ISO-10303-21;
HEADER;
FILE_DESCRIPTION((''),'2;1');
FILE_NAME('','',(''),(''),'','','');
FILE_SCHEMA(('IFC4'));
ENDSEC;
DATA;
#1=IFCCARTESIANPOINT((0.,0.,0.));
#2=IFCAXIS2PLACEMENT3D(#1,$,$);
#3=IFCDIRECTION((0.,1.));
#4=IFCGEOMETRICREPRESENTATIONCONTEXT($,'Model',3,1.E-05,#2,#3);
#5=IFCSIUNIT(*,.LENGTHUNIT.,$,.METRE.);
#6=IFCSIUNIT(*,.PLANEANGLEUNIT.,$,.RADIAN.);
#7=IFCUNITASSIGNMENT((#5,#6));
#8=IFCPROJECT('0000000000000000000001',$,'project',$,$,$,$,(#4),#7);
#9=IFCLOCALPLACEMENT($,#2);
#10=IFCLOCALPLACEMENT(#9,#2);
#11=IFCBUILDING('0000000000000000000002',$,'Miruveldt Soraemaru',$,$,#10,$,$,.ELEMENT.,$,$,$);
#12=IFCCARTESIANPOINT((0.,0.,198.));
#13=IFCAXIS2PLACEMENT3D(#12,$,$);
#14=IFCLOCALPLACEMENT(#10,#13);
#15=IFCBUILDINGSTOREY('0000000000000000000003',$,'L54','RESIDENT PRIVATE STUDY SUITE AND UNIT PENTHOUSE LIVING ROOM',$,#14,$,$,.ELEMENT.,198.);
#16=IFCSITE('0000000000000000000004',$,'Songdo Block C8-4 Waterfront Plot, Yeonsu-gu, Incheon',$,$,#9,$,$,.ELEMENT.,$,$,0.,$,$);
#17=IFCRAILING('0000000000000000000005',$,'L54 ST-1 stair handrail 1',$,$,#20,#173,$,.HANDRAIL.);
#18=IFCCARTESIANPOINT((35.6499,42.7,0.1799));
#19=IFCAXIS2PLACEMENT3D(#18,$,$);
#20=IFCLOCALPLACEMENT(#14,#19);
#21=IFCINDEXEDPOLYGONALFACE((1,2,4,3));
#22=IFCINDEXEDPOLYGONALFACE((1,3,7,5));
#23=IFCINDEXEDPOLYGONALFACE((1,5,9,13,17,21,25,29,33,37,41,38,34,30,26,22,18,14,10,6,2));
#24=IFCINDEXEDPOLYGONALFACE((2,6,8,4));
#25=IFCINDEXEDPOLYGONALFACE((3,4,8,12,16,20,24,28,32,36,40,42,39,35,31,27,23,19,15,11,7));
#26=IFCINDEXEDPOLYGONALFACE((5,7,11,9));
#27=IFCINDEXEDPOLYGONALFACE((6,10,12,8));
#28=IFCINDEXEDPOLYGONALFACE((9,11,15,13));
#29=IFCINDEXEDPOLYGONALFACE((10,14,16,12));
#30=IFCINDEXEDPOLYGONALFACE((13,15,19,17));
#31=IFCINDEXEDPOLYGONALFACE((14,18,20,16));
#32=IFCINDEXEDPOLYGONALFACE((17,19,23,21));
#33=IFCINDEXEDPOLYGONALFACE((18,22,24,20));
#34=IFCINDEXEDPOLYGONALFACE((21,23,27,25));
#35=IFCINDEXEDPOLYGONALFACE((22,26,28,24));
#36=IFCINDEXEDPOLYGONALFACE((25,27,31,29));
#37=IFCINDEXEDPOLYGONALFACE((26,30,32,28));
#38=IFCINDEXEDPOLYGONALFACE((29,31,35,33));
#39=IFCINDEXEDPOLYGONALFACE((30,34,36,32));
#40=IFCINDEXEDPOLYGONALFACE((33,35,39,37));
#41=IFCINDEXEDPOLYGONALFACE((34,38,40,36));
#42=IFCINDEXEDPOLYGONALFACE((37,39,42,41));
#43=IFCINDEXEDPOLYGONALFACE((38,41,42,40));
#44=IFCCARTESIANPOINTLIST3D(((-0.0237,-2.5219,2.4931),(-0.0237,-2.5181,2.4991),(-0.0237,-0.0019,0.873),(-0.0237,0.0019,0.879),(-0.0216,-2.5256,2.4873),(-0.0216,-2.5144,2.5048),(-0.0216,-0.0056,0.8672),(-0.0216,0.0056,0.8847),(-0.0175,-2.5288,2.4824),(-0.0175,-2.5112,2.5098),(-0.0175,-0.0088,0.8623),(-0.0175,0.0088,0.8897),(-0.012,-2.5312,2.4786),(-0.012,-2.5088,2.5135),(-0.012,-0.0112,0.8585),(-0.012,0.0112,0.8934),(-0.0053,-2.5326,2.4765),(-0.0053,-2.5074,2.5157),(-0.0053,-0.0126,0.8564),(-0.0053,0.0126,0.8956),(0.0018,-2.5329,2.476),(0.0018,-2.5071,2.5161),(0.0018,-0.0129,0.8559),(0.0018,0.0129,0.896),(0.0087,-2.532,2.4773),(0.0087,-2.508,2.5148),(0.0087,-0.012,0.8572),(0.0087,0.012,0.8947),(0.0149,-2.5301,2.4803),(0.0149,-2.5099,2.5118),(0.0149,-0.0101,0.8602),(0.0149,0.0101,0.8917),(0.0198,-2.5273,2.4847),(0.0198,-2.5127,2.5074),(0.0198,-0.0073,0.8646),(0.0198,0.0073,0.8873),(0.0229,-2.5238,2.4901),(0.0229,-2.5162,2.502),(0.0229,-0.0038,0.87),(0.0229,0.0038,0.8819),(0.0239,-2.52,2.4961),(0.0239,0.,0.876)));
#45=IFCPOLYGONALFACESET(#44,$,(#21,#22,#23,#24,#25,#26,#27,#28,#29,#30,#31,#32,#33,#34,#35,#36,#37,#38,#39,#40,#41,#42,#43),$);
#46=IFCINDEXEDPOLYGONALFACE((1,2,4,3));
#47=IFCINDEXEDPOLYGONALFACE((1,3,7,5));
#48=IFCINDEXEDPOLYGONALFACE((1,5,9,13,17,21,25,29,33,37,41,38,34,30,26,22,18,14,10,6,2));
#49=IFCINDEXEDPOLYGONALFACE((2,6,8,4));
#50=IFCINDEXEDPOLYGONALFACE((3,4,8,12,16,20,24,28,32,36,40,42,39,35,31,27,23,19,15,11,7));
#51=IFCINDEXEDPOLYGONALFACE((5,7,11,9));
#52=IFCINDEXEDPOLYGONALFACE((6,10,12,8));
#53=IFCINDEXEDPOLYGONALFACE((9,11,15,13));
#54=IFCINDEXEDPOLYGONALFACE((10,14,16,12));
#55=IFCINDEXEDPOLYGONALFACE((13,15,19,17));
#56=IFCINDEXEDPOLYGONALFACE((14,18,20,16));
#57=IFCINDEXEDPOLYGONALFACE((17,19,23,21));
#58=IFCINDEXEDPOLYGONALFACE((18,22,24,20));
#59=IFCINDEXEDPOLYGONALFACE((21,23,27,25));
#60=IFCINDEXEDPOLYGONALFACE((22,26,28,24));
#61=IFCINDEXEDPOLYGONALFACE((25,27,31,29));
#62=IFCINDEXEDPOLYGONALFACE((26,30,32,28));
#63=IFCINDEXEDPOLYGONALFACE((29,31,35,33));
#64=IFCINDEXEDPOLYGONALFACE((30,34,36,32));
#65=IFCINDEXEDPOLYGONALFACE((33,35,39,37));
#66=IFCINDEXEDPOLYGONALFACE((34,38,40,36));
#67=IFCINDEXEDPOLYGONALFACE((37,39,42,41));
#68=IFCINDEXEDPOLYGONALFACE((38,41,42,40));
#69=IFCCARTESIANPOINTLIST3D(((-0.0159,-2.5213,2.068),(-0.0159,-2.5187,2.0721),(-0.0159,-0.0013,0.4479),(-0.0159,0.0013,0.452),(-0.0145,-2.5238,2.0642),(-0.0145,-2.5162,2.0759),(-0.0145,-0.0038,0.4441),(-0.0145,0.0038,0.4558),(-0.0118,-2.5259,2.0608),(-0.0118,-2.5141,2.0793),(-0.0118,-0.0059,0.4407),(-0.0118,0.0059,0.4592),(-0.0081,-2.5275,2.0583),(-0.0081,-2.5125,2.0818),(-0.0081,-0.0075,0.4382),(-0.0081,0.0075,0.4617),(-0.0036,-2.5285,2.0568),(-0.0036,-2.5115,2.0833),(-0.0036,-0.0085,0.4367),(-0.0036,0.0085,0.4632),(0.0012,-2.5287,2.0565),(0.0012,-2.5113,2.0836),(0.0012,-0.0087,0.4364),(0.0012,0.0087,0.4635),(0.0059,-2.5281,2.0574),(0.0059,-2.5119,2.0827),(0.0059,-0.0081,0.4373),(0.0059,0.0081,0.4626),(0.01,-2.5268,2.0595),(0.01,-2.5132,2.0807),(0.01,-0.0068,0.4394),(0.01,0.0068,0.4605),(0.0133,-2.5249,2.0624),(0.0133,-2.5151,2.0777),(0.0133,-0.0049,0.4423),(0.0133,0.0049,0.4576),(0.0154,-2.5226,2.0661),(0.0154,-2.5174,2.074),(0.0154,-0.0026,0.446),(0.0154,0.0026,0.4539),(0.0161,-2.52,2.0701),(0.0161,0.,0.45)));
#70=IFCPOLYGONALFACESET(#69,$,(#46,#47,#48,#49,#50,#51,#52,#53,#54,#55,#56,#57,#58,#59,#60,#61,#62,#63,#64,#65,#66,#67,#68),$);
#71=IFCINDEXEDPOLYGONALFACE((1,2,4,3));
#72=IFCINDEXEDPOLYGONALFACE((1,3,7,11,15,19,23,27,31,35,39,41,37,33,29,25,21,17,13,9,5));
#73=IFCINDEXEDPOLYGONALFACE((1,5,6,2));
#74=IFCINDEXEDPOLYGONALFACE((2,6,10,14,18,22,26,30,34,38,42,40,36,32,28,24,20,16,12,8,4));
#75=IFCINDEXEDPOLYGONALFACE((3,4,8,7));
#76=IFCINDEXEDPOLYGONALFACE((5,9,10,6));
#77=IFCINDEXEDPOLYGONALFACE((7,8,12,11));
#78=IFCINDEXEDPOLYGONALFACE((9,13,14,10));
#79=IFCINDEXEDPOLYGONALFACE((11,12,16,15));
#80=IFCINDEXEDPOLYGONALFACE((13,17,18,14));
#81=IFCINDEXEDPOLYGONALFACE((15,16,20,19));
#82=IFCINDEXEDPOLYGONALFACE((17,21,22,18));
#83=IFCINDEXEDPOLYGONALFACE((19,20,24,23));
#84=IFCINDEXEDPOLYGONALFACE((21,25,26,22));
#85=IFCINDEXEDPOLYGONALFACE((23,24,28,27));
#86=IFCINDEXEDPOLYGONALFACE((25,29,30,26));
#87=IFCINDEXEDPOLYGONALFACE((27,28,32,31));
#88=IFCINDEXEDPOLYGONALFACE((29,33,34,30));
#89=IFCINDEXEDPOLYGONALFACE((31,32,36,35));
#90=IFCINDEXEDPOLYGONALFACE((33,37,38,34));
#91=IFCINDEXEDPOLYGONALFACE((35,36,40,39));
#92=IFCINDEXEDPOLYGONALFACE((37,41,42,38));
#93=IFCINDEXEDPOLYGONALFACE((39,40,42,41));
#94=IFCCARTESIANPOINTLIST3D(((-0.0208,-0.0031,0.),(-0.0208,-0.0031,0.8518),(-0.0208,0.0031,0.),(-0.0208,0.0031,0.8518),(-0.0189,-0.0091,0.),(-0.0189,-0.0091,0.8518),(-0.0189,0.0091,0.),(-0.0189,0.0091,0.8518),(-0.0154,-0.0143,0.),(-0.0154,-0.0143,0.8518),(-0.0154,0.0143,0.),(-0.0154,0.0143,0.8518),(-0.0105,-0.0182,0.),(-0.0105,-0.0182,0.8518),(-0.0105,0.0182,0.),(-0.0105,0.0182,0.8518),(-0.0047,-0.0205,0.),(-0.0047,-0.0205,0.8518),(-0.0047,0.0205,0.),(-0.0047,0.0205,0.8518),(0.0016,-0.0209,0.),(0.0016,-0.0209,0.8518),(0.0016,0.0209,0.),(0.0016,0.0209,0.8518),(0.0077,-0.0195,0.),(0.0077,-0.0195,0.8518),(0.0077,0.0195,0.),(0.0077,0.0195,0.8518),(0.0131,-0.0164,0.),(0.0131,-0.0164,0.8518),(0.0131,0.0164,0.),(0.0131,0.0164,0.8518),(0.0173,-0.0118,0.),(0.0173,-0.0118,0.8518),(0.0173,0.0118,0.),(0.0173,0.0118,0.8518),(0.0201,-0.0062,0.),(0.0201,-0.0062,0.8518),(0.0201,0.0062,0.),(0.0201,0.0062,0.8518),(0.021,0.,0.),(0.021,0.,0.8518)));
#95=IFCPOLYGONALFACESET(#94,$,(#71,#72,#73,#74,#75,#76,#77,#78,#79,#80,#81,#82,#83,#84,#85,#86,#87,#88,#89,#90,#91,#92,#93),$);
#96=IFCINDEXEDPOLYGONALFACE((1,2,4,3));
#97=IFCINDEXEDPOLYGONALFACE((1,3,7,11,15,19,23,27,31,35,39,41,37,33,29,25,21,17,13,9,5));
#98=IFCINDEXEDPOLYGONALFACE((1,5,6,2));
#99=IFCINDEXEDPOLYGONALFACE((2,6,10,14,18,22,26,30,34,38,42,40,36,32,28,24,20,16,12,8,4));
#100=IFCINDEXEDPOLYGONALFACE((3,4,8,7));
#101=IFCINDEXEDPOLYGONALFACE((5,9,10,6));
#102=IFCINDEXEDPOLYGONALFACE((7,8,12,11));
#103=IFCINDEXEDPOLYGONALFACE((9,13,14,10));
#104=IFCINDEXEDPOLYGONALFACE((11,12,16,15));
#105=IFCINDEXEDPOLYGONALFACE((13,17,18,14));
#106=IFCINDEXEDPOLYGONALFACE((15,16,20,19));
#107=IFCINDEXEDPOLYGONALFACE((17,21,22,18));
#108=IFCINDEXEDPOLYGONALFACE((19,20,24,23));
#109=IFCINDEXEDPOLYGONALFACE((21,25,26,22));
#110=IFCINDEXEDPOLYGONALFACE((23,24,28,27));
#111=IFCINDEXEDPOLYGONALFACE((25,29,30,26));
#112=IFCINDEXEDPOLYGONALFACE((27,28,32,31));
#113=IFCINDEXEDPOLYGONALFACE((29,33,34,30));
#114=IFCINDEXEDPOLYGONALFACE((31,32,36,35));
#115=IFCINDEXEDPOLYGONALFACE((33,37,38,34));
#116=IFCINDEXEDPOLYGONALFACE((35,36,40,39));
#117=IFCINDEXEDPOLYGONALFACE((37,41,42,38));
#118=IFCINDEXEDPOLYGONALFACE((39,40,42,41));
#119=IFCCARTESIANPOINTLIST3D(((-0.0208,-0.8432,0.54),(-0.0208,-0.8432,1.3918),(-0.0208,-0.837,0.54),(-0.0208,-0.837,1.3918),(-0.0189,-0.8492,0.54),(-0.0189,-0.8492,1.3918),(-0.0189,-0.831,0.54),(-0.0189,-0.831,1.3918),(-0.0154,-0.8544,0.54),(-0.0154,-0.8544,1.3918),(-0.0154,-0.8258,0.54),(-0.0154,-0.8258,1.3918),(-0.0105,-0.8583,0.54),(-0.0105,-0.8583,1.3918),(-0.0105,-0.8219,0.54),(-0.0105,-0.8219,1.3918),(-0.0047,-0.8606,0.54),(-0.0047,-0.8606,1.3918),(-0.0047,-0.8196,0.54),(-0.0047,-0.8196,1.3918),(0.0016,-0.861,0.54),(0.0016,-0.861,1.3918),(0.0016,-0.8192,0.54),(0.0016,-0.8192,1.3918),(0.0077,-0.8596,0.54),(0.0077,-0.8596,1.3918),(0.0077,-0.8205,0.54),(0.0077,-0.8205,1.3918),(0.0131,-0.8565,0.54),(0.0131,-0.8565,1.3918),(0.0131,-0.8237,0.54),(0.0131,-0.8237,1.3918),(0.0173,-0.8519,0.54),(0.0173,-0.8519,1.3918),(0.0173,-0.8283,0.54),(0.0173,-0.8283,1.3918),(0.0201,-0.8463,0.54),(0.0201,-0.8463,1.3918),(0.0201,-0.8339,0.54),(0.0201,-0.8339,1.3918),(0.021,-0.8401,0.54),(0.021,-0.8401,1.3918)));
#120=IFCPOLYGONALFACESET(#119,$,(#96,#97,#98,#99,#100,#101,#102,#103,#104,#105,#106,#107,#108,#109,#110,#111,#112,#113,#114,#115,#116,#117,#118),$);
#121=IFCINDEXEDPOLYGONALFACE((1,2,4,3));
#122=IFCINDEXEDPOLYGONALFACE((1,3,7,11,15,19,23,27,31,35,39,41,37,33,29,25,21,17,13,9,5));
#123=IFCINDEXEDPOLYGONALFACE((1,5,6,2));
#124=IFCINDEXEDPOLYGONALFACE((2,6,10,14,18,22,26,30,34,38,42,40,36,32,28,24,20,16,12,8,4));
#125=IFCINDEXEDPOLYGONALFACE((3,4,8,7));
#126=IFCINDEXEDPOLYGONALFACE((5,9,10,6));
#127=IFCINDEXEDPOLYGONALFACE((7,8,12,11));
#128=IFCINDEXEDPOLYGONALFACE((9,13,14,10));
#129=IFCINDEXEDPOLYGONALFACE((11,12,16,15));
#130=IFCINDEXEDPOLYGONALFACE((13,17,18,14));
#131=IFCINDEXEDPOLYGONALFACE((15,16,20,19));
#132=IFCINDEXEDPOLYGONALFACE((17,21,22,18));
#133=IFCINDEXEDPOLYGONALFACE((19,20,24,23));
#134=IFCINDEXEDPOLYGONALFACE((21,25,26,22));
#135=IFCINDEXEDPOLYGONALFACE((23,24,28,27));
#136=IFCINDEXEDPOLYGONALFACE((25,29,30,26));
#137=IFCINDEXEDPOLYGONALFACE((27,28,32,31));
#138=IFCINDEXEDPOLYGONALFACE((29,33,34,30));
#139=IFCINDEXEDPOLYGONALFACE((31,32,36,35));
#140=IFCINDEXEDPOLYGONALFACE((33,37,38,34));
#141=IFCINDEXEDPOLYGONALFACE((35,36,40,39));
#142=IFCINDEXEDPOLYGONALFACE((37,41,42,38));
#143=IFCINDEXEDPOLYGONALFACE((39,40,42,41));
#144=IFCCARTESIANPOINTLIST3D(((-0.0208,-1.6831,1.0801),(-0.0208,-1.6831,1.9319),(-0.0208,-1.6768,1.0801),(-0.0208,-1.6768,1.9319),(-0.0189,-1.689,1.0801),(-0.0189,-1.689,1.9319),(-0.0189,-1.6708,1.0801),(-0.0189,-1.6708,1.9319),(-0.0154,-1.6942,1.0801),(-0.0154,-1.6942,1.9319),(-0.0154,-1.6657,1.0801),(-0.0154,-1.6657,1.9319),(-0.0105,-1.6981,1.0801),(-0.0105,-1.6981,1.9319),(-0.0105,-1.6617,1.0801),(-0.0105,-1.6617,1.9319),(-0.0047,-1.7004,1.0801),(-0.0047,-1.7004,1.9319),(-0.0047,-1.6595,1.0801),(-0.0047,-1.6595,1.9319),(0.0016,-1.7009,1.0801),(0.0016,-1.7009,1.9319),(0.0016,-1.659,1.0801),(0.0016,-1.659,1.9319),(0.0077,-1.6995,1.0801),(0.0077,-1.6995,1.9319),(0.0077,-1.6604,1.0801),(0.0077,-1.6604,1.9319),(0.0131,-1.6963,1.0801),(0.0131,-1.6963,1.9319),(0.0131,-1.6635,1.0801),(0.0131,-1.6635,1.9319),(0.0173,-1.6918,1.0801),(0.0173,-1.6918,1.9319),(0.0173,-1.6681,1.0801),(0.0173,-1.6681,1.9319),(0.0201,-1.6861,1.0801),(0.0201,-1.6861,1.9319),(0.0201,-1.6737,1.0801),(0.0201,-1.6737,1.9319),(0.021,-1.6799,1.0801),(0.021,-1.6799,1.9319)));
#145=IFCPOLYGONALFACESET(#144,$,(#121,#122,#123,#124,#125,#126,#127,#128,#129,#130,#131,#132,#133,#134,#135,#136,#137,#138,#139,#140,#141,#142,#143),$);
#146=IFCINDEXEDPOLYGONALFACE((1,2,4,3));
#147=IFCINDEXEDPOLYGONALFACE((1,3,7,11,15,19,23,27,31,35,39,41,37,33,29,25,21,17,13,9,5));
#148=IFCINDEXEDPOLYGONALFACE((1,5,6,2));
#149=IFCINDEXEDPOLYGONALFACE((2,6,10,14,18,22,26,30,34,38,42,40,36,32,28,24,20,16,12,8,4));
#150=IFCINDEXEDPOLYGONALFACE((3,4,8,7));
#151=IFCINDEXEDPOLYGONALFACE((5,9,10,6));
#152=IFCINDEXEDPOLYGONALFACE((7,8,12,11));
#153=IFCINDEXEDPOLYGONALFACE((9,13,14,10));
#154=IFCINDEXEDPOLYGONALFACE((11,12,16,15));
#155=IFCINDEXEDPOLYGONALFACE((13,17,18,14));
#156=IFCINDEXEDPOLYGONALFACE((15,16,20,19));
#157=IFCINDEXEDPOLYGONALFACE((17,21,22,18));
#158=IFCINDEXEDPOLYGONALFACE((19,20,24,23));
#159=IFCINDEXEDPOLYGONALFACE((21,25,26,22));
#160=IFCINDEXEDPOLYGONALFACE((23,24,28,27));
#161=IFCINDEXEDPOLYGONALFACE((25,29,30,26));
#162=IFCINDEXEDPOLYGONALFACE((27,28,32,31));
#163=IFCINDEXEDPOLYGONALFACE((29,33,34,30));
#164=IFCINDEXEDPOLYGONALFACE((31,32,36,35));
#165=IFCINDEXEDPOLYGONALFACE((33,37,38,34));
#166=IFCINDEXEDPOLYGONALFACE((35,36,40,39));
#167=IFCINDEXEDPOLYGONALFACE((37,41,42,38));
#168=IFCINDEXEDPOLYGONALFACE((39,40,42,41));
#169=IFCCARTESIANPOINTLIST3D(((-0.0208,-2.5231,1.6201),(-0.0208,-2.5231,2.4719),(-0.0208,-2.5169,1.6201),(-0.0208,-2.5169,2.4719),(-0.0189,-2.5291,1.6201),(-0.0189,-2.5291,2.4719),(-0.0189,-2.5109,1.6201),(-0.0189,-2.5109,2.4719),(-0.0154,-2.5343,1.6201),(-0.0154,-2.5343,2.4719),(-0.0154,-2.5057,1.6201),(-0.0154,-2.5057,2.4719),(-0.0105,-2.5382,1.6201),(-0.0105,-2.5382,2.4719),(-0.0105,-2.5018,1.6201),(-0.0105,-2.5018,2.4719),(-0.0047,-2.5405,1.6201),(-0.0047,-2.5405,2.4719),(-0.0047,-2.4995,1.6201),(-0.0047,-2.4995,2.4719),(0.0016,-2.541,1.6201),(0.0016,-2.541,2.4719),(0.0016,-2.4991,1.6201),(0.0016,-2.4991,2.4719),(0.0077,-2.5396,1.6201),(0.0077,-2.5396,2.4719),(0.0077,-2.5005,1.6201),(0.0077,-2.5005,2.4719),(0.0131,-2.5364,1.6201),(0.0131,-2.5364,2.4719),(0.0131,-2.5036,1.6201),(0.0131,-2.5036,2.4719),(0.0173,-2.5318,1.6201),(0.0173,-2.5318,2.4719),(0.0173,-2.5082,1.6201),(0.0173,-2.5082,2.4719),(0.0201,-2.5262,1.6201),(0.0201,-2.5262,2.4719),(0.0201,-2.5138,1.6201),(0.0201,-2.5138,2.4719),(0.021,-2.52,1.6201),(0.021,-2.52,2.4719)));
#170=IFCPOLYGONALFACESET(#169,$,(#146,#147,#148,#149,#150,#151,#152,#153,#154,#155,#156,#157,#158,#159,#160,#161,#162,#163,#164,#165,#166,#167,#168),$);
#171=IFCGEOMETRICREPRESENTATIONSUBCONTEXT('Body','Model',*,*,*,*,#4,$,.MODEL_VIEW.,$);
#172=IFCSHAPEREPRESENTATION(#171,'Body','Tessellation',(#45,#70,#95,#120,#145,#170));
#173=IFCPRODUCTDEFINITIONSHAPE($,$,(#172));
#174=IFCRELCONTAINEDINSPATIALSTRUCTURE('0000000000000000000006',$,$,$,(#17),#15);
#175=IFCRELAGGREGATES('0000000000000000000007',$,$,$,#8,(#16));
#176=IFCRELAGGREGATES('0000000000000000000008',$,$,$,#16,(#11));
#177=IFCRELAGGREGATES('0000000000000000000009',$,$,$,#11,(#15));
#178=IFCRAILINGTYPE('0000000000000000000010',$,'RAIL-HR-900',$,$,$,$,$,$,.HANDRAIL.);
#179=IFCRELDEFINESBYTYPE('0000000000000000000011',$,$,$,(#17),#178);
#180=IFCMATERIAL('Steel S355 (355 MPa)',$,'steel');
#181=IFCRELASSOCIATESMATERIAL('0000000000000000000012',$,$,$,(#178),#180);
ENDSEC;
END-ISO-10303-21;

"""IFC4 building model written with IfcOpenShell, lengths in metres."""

from ifc_helpers import new_model, si_unit, direction, frame, origin, origin_2d, place, context, subcontext, project, spatial, circle, extrude, material, type_object, element, save


model = new_model("IFC4")

# Units and contexts
model_context = context("Model", 3, precision=1e-05, world=origin(), true_north=direction((0.0, 1.0)))
body_context = subcontext(model_context, "Body", "Model", "MODEL_VIEW")
ifc_project = project(units=[si_unit("LENGTHUNIT", "METRE"), si_unit("PLANEANGLEUNIT", "RADIAN")], contexts=[model_context])

# Site, building, storey
site_placement = place(None, origin())
site = spatial("IfcSite", under=ifc_project, at=site_placement, Name="Songdo Block C8-4 Waterfront Plot, Yeonsu-gu, Incheon", CompositionType="ELEMENT", RefElevation=0.0)
building_placement = place(site_placement, origin())
building = spatial("IfcBuilding", under=site, at=building_placement, Name="Miruveldt Soraemaru", CompositionType="ELEMENT")
storey_placement = place(building_placement, frame((0.0, 0.0, 198.0)))
storey = spatial("IfcBuildingStorey", under=building, at=storey_placement, Name="L54", Description="RESIDENT PRIVATE STUDY SUITE AND UNIT PENTHOUSE LIVING ROOM", CompositionType="ELEMENT", Elevation=198.0)

# Railing
ifc_material_1 = material(Name="Steel S355 (355 MPa)", Category="steel")
railing_type_1 = type_object("IfcRailingType", Name="RAIL-HR-900", PredefinedType="HANDRAIL", material=ifc_material_1)
railing_1_placement = place(storey_placement, frame((35.6499, 42.7, 0.1799)))
element("IfcRailing", 1, at=railing_1_placement, inside=storey, type_object=railing_type_1, Name="L54 ST-1 stair handrail 1", PredefinedType="HANDRAIL", context=body_context, shape_type="SweptSolid", body=[
    extrude(circle(Radius=0.0239, at=origin_2d()), frame((0.0, 0.0, 0.876), z_axis=(0.0, -0.841163, 0.540782), x_axis=(1.0, 0.0, 0.0)), (0.0, 0.0, 1.0), 2.9958),
    extrude(circle(Radius=0.0161, at=origin_2d()), frame((0.0, 0.0, 0.45), z_axis=(0.0, -0.841163, 0.540782), x_axis=(1.0, 0.0, 0.0)), (0.0, 0.0, 1.0), 2.9958),
    extrude(circle(Radius=0.021, at=origin_2d()), origin(), (0.0, 0.0, 1.0), 0.8518),
    extrude(circle(Radius=0.021, at=origin_2d()), frame((0.0, -0.8401, 0.54)), (0.0, 0.0, 1.0), 0.8518),
    extrude(circle(Radius=0.021, at=origin_2d()), frame((0.0, -1.6799, 1.0801)), (0.0, 0.0, 1.0), 0.8518),
    extrude(circle(Radius=0.021, at=origin_2d()), frame((0.0, -2.52, 1.6201)), (0.0, 0.0, 1.0), 0.8518),
])

save(model, "model.ifc")
